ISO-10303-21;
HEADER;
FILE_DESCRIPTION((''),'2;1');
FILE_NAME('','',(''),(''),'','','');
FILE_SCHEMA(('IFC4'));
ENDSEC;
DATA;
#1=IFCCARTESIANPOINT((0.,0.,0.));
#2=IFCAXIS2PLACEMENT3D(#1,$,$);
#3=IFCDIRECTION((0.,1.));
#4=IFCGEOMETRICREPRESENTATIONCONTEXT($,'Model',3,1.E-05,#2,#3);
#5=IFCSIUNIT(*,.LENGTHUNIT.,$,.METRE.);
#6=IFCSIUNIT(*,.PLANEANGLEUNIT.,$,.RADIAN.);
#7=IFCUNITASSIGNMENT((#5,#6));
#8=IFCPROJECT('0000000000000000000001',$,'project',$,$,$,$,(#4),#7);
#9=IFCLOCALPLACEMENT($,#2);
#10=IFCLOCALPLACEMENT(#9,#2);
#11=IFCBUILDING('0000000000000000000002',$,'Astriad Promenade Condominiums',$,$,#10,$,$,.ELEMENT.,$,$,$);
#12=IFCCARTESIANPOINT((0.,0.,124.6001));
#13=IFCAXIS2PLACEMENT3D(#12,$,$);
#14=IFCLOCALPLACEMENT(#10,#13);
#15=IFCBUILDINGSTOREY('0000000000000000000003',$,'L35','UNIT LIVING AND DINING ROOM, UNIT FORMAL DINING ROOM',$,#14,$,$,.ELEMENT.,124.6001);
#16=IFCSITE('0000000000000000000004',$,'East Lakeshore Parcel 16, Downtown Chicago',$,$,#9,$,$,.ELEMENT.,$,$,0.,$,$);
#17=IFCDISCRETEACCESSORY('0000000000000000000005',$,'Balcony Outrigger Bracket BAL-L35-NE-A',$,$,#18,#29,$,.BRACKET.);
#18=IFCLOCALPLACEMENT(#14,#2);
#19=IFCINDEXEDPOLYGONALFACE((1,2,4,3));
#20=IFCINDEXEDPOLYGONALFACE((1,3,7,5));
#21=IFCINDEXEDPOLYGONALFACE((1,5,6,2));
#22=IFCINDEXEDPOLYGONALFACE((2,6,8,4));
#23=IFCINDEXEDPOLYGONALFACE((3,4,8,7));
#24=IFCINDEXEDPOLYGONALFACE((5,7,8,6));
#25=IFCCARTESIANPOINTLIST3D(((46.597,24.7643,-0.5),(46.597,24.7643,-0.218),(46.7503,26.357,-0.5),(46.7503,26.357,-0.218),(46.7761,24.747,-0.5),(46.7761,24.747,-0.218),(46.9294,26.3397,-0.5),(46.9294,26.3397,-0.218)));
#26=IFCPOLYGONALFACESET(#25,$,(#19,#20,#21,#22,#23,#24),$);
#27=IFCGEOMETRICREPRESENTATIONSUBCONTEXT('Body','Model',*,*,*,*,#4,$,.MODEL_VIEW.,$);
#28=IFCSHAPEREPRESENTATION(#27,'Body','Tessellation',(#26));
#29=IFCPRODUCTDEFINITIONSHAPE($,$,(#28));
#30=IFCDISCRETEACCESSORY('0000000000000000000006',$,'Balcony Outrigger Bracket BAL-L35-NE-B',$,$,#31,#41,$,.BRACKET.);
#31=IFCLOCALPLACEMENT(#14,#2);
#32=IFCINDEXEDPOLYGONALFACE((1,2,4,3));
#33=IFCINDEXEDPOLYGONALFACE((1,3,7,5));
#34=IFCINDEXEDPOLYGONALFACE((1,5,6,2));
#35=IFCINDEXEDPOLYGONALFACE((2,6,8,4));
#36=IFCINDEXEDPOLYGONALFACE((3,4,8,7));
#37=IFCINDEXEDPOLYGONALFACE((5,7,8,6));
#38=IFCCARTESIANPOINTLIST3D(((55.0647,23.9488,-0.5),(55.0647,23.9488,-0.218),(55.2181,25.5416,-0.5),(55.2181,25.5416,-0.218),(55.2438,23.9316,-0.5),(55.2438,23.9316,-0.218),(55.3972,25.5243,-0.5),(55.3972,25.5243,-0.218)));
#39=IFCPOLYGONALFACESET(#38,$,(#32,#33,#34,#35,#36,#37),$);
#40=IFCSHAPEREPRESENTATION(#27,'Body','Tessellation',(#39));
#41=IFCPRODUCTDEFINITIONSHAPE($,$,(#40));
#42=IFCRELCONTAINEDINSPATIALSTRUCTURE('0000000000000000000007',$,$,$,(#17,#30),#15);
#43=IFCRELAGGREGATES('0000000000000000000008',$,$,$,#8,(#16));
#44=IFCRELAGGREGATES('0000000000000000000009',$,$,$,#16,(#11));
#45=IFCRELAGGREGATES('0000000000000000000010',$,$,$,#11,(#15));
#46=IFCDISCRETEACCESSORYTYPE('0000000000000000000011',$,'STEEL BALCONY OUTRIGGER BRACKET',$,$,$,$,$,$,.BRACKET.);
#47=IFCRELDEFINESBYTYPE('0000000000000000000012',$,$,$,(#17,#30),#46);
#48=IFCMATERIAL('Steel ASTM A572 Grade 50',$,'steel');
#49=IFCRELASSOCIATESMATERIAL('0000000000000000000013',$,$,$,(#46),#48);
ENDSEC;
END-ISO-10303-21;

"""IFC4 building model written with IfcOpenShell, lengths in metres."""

from ifc_helpers import new_model, si_unit, direction, frame, origin, origin_2d, place, context, subcontext, project, spatial, rectangle, extrude, source, transform, mapped, material, type_object, type_shapes, element, save


model = new_model("IFC4")

# Units and contexts
model_context = context("Model", 3, precision=1e-05, world=origin(), true_north=direction((0.0, 1.0)))
body_context = subcontext(model_context, "Body", "Model", "MODEL_VIEW")
ifc_project = project(units=[si_unit("LENGTHUNIT", "METRE"), si_unit("PLANEANGLEUNIT", "RADIAN")], contexts=[model_context])

# Site, building, storey
site_placement = place(None, origin())
site = spatial("IfcSite", under=ifc_project, at=site_placement, Name="East Lakeshore Parcel 16, Downtown Chicago", CompositionType="ELEMENT", RefElevation=0.0)
building_placement = place(site_placement, origin())
building = spatial("IfcBuilding", under=site, at=building_placement, Name="Astriad Promenade Condominiums", CompositionType="ELEMENT")
storey_placement = place(building_placement, frame((0.0, 0.0, 124.6001)))
storey = spatial("IfcBuildingStorey", under=building, at=storey_placement, Name="L35", Description="UNIT LIVING AND DINING ROOM, UNIT FORMAL DINING ROOM", CompositionType="ELEMENT", Elevation=124.6001)

# Discrete accessories
ifc_material_1 = material(Name="Steel ASTM A572 Grade 50", Category="steel")
discrete_accessory_type = type_object("IfcDiscreteAccessoryType", Name="STEEL BALCONY OUTRIGGER BRACKET", PredefinedType="BRACKET", material=ifc_material_1)
shared_shape_1 = source(origin(), body_context, "Body", "SweptSolid", [
    extrude(rectangle(XDim=1.6001, YDim=0.1799, at=origin_2d()), origin(), (0.0, 0.0, 1.0), 0.282),
])
type_shapes(discrete_accessory_type, [shared_shape_1])
for number, where, z_axis, x_axis, name in (
    (1, (46.7632, 25.552, -0.5), (0.0, 0.0, 1.0), (0.095846, 0.995396, 0.0), "Balcony Outrigger Bracket BAL-L35-NE-A"),
    (2, (55.231, 24.7366, -0.5), (0.0, 0.0, 1.0), (0.095846, 0.995396, 0.0), "Balcony Outrigger Bracket BAL-L35-NE-B"),
):
    element("IfcDiscreteAccessory", number, at=place(storey_placement, frame(where, z_axis=z_axis, x_axis=x_axis)), inside=storey, type_object=discrete_accessory_type, Name=name, PredefinedType="BRACKET", context=body_context, shape_type="MappedRepresentation", body=[
        mapped(shared_shape_1, transform((0.0, 0.0, 0.0), scale=1.0)),
    ])

save(model, "model.ifc")
